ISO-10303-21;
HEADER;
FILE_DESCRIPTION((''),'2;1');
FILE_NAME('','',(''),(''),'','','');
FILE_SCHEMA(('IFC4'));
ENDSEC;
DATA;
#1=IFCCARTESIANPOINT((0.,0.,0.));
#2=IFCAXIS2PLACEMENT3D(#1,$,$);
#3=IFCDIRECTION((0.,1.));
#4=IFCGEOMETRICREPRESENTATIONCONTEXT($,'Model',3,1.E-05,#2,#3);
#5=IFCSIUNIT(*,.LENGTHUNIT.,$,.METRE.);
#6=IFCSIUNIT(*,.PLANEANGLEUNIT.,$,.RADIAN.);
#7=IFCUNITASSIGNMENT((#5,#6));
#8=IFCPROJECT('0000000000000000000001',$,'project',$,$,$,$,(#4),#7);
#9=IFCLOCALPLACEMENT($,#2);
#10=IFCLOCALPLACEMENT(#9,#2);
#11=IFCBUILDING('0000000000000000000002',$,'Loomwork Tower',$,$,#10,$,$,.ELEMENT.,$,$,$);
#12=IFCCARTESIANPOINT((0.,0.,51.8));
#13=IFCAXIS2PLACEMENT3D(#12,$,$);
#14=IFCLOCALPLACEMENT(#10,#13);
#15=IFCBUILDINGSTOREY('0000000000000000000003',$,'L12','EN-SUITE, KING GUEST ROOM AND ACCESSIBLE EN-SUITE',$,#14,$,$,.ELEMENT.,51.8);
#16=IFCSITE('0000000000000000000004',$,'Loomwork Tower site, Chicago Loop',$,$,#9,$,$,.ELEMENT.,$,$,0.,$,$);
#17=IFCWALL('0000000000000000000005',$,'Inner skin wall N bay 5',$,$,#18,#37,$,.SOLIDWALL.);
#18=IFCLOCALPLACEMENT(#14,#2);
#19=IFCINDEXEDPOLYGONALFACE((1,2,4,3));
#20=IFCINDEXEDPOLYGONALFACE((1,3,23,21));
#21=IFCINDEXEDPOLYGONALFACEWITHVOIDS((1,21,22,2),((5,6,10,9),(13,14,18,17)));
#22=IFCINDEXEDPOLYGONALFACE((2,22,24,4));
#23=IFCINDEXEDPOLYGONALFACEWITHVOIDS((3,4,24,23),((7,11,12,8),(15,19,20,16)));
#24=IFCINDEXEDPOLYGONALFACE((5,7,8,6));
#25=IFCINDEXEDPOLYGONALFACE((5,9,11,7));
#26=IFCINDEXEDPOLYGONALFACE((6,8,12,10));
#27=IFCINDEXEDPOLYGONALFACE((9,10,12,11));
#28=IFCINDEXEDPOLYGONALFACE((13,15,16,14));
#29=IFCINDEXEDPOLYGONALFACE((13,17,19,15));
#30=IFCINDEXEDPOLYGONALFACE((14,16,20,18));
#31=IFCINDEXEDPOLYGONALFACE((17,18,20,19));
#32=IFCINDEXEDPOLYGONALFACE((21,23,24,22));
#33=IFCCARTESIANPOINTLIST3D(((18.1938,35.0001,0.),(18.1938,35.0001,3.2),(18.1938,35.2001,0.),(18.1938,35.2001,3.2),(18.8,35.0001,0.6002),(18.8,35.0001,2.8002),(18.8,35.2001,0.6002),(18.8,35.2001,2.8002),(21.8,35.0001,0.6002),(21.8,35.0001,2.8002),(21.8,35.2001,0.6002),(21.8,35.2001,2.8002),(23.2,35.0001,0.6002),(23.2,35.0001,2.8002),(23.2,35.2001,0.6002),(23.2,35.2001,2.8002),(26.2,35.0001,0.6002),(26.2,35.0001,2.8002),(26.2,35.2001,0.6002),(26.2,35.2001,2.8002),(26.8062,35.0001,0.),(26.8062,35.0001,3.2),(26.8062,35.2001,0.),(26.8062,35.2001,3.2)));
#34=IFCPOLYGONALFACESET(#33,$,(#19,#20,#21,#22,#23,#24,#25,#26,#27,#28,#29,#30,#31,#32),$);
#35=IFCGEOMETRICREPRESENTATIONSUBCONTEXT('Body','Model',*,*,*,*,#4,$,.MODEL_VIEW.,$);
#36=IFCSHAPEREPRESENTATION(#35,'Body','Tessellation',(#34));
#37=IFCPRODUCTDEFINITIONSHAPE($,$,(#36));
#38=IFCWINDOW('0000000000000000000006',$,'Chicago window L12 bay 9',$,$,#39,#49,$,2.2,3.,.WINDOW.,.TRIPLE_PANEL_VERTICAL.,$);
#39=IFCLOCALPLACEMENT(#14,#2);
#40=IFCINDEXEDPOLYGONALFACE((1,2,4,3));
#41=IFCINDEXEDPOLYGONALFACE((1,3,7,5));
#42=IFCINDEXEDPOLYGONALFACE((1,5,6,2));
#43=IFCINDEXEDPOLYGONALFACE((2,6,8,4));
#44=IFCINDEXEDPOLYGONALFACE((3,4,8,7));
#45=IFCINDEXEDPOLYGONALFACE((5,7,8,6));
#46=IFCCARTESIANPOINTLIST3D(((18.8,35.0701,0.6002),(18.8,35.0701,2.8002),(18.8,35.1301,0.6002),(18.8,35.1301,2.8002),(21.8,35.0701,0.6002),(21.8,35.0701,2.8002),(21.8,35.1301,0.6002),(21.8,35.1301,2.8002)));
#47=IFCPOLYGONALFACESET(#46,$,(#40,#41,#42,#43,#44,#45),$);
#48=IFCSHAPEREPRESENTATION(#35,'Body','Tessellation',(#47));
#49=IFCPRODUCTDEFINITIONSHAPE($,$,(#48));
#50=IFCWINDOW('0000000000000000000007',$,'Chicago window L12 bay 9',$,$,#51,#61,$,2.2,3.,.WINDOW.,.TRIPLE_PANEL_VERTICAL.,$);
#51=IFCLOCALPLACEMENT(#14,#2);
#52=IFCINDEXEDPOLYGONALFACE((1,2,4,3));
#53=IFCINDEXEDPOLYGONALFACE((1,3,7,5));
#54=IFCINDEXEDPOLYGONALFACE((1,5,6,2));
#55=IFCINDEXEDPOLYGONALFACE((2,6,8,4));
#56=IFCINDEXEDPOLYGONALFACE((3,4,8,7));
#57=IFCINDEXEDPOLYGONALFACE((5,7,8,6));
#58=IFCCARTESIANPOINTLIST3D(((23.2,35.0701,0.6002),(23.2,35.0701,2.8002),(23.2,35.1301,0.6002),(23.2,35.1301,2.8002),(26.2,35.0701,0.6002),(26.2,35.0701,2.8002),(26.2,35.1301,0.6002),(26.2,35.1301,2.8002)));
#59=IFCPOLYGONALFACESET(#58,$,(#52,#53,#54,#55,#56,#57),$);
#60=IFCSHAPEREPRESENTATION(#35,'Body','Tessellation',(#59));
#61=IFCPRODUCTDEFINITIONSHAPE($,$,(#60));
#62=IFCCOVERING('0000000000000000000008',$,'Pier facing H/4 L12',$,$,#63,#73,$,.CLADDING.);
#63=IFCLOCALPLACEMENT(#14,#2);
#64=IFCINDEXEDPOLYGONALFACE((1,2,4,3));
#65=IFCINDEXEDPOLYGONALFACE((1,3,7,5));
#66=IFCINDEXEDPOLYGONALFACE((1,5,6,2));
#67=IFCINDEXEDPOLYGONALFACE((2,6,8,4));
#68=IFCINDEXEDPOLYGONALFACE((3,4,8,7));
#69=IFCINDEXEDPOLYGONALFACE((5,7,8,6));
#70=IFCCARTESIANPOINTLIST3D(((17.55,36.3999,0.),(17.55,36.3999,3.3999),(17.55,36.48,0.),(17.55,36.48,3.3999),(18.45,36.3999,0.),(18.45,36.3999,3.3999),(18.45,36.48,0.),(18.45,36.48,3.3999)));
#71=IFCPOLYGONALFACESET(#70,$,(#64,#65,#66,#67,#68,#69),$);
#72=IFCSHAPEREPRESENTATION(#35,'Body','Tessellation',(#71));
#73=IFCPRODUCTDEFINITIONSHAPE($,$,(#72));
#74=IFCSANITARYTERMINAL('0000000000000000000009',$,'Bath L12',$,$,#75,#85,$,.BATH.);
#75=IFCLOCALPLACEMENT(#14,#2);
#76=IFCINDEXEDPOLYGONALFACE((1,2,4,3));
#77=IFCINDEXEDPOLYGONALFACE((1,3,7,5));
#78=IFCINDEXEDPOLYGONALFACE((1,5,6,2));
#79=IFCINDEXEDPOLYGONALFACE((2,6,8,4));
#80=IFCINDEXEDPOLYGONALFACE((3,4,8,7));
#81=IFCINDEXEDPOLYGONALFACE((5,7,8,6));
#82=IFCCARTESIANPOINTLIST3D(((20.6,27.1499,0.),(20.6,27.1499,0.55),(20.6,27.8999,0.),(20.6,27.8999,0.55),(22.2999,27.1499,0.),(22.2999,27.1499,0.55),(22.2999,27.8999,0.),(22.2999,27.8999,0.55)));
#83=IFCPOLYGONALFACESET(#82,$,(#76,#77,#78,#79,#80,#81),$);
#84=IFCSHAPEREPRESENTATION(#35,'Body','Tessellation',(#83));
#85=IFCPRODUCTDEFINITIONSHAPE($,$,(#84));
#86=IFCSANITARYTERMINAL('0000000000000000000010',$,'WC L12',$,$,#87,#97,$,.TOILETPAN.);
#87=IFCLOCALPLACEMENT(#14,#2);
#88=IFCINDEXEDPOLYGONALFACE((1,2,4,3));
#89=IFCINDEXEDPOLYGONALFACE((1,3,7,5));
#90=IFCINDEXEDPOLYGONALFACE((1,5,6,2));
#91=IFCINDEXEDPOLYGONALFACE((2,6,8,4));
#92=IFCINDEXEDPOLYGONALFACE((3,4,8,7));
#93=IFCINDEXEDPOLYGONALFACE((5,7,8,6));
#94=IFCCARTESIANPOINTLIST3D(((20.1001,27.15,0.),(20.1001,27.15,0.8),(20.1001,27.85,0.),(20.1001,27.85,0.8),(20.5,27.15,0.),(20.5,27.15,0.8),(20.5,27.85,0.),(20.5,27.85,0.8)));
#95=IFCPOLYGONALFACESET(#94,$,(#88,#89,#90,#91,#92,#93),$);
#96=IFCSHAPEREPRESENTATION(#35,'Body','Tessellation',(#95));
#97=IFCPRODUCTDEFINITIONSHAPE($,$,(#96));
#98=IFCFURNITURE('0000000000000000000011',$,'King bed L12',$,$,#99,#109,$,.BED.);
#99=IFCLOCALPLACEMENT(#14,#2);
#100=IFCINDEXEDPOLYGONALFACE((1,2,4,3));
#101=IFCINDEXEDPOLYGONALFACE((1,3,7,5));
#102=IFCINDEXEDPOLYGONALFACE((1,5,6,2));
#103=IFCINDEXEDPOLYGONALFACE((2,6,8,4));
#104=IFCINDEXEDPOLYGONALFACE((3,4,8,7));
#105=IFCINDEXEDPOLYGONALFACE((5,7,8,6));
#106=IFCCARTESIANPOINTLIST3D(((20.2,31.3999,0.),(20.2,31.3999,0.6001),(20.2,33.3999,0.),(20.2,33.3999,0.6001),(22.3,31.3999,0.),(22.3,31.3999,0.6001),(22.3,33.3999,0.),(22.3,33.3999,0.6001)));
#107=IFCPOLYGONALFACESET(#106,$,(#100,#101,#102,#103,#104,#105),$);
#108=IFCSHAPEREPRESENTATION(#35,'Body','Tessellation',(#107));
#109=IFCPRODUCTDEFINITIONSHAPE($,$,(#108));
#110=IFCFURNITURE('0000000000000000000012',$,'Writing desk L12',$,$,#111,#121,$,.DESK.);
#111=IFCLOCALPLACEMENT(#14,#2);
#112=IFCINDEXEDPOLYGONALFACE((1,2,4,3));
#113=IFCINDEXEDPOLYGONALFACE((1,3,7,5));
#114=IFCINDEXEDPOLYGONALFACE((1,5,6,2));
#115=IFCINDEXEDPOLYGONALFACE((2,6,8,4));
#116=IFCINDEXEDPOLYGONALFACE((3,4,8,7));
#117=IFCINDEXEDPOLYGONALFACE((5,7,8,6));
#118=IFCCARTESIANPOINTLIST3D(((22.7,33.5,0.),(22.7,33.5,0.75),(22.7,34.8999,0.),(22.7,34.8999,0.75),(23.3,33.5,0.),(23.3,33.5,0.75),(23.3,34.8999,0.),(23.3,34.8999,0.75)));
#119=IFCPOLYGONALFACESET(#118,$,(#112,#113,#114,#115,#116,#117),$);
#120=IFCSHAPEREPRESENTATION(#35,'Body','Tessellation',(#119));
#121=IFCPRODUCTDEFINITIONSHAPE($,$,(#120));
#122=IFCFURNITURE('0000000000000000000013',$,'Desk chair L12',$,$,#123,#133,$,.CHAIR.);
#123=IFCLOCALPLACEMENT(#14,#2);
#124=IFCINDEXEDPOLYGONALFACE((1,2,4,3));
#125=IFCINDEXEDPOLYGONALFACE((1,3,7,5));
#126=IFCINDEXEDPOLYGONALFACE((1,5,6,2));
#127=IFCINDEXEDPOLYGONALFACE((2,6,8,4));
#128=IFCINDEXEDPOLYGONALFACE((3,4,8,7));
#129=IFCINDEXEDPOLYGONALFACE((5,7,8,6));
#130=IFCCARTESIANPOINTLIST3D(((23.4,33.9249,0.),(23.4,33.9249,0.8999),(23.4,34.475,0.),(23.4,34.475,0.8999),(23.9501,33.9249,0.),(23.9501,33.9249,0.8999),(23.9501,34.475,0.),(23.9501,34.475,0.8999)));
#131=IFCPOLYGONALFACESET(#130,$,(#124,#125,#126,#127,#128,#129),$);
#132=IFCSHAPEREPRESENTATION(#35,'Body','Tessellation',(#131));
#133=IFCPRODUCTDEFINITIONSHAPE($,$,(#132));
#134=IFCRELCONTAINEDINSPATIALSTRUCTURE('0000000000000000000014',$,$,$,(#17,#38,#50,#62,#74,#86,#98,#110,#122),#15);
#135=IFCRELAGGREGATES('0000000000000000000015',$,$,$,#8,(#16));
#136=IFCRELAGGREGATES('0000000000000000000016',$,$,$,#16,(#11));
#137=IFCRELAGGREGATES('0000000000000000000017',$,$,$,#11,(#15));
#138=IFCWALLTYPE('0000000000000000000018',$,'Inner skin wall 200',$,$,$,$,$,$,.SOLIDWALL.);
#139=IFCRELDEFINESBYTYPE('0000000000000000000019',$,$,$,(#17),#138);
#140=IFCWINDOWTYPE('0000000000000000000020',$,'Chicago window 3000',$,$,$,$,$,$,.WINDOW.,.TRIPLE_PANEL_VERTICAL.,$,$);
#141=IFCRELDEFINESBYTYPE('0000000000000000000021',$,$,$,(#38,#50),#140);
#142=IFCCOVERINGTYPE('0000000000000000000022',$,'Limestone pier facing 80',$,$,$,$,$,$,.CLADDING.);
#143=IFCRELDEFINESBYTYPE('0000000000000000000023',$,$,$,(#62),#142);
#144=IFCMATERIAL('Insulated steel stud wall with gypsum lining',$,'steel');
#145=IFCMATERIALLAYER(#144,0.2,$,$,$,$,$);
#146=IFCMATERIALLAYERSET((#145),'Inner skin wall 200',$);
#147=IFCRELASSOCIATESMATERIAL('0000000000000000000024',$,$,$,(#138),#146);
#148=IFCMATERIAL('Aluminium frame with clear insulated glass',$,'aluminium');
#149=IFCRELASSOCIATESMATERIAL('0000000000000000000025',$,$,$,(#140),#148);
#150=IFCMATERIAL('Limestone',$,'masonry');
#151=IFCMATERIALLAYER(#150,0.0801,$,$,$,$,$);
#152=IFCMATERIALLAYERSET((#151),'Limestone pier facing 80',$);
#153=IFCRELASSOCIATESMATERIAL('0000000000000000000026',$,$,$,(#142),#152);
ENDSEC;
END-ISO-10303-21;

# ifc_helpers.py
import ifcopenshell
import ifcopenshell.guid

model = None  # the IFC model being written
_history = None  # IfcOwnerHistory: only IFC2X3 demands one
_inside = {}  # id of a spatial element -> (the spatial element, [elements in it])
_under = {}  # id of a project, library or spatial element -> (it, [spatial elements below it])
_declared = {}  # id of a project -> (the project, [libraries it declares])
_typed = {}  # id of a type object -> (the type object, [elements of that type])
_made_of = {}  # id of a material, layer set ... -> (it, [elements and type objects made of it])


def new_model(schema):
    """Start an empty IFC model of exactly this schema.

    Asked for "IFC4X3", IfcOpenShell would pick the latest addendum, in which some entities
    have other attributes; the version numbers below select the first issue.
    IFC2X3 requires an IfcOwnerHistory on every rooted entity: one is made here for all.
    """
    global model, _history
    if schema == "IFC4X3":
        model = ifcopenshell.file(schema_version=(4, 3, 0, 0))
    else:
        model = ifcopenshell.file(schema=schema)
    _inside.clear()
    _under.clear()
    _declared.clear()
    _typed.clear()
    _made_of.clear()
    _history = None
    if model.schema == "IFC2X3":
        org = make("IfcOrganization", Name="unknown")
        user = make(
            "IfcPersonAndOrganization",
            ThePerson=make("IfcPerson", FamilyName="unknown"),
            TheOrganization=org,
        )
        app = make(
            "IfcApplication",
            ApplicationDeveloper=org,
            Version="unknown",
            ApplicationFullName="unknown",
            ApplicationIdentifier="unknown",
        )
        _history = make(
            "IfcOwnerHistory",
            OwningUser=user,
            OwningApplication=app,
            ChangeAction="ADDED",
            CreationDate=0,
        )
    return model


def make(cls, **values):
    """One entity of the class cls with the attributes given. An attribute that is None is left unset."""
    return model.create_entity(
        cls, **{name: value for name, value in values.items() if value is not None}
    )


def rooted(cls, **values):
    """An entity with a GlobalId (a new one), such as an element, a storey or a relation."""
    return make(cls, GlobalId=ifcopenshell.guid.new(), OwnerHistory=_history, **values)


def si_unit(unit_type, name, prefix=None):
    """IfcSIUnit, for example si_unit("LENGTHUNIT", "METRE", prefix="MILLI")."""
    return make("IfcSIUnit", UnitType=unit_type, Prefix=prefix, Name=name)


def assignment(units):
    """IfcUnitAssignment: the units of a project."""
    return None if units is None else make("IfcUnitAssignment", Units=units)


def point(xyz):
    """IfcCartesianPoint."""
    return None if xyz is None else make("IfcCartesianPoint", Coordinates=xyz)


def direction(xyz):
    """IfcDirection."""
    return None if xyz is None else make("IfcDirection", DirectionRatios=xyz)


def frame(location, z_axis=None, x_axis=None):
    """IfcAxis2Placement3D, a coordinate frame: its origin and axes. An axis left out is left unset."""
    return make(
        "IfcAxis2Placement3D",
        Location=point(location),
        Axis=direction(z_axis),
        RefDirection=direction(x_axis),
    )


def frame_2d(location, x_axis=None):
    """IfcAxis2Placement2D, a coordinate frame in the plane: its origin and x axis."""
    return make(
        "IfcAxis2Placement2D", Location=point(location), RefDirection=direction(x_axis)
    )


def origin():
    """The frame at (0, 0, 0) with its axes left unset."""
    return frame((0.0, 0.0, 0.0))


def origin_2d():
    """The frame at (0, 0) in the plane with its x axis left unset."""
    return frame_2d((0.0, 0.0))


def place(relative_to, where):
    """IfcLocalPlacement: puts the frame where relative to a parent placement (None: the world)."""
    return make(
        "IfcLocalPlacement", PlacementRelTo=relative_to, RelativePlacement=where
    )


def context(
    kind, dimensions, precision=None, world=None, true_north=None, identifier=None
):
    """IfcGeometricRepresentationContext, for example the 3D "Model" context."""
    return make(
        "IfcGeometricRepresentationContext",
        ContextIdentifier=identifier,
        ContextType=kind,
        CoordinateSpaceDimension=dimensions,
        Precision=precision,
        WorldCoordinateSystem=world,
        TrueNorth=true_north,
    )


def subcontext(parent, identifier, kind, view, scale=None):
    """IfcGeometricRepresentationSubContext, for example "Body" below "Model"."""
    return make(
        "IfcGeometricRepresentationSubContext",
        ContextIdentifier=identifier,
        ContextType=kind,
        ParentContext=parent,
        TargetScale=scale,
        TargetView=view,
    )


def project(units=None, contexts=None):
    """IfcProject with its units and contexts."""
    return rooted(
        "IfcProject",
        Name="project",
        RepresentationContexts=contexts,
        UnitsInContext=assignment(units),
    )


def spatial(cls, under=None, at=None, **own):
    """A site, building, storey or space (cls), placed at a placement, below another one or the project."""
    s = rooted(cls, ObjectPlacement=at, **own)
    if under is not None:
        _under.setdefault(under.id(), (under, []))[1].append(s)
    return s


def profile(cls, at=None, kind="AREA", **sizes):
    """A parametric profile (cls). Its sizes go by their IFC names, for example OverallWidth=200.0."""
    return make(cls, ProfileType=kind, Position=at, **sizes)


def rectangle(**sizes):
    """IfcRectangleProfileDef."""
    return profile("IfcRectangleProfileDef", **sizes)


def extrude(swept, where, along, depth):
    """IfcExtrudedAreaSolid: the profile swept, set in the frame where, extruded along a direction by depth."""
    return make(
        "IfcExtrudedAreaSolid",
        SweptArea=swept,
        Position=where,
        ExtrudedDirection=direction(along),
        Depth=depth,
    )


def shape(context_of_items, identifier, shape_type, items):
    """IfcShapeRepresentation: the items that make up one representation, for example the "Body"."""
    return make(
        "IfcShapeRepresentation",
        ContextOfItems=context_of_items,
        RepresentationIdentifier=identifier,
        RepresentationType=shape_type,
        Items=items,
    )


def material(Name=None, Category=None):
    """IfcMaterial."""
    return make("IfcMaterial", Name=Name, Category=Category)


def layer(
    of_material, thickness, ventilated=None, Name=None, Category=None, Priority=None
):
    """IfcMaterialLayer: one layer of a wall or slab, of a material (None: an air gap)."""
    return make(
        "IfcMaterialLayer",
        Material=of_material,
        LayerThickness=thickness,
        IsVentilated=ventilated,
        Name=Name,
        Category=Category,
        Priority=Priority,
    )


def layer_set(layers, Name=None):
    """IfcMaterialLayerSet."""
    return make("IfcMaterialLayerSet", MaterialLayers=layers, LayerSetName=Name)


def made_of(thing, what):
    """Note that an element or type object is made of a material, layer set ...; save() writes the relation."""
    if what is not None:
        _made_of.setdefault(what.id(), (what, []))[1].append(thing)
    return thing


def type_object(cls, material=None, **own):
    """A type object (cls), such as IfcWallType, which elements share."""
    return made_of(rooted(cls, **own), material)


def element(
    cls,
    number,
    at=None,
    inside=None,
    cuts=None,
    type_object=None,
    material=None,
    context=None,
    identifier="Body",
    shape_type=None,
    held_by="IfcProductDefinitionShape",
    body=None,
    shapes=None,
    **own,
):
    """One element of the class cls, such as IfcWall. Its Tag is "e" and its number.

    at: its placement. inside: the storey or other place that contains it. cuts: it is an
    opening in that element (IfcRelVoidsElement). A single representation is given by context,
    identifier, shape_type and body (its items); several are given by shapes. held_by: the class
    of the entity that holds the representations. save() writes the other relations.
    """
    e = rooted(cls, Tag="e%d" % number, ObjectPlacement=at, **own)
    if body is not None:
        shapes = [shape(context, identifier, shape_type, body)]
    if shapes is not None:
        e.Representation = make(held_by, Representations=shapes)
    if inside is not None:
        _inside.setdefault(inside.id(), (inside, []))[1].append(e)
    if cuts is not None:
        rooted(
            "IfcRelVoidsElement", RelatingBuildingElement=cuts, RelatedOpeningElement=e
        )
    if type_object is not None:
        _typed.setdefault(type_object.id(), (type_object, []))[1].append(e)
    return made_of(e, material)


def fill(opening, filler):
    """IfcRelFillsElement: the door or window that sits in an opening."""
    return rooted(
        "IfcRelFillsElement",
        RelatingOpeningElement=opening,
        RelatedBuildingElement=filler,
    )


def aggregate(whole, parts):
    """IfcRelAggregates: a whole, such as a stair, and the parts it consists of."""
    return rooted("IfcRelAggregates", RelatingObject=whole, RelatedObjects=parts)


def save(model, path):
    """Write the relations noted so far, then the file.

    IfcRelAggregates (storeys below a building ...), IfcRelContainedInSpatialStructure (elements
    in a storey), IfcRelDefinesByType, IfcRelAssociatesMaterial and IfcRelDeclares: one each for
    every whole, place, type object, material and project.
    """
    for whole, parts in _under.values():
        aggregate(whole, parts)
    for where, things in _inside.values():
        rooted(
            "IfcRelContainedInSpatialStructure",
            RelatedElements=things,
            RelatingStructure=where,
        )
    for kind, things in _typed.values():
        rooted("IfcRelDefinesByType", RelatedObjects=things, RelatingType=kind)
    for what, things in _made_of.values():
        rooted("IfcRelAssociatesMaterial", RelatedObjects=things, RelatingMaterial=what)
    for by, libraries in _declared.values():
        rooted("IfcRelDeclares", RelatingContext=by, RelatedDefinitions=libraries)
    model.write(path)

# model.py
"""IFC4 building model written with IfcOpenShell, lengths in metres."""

from ifc_helpers import new_model, si_unit, direction, frame, frame_2d, origin, origin_2d, place, context, subcontext, project, spatial, rectangle, extrude, material, layer, layer_set, type_object, element, fill, save


model = new_model("IFC4")

# Units and contexts
model_context = context("Model", 3, precision=1e-05, world=origin(), true_north=direction((0.0, 1.0)))
body_context = subcontext(model_context, "Body", "Model", "MODEL_VIEW")
ifc_project = project(units=[si_unit("LENGTHUNIT", "METRE"), si_unit("PLANEANGLEUNIT", "RADIAN")], contexts=[model_context])

# Site, building, storey
site_placement = place(None, origin())
site = spatial("IfcSite", under=ifc_project, at=site_placement, Name="Loomwork Tower site, Chicago Loop", CompositionType="ELEMENT", RefElevation=0.0)
building_placement = place(site_placement, origin())
building = spatial("IfcBuilding", under=site, at=building_placement, Name="Loomwork Tower", CompositionType="ELEMENT")
storey_placement = place(building_placement, frame((0.0, 0.0, 51.8)))
storey = spatial("IfcBuildingStorey", under=building, at=storey_placement, Name="L12", Description="EN-SUITE, KING GUEST ROOM AND ACCESSIBLE EN-SUITE", CompositionType="ELEMENT", Elevation=51.8)

# Shared definitions
ifc_material_1 = material(Name="Insulated steel stud wall with gypsum lining", Category="steel")
ifc_layer_1 = layer(ifc_material_1, 0.2)
ifc_layer_set_1 = layer_set([ifc_layer_1], Name="Inner skin wall 200")
wall_type_1 = type_object("IfcWallType", Name="Inner skin wall 200", PredefinedType="SOLIDWALL", material=ifc_layer_set_1)

# Wall, openings, windows
wall_1_placement = place(storey_placement, frame((18.1938, 35.1001, 0.0), z_axis=(0.0, 0.0, 1.0), x_axis=(1.0, 0.0, 0.0)))
wall_1 = element("IfcWall", 1, at=wall_1_placement, inside=storey, type_object=wall_type_1, Name="Inner skin wall N bay 5", PredefinedType="SOLIDWALL", context=body_context, shape_type="SweptSolid", body=[
    extrude(rectangle(XDim=8.6123, YDim=0.2, at=frame_2d((4.3062, 0.0))), origin(), (0.0, 0.0, 1.0), 3.2),
])
opening_1_placement = place(wall_1_placement, frame((0.6062, 0.0, 0.6001)))
opening_1 = element("IfcOpeningElement", 2, at=opening_1_placement, cuts=wall_1, PredefinedType="OPENING", context=body_context, shape_type="SweptSolid", body=[
    extrude(rectangle(XDim=3.0, YDim=2.2, at=frame_2d((1.5, 1.1001))), frame((0.0, 0.1099, 0.0), z_axis=(0.0, -1.0, 0.0), x_axis=(1.0, 0.0, 0.0)), (0.0, 0.0, 1.0), 0.22),
])
opening_2_placement = place(wall_1_placement, frame((5.0061, 0.0, 0.6001)))
opening_2 = element("IfcOpeningElement", 3, at=opening_2_placement, cuts=wall_1, PredefinedType="OPENING", context=body_context, shape_type="SweptSolid", body=[
    extrude(rectangle(XDim=3.0, YDim=2.2, at=frame_2d((1.5, 1.1001))), frame((0.0, 0.1099, 0.0), z_axis=(0.0, -1.0, 0.0), x_axis=(1.0, 0.0, 0.0)), (0.0, 0.0, 1.0), 0.22),
])
ifc_material_2 = material(Name="Aluminium frame with clear insulated glass", Category="aluminium")
window_type = type_object("IfcWindowType", Name="Chicago window 3000", PartitioningType="TRIPLE_PANEL_VERTICAL", PredefinedType="WINDOW", material=ifc_material_2)
window_1_placement = place(opening_1_placement, origin())
window_1 = element("IfcWindow", 4, at=window_1_placement, inside=storey, type_object=window_type, Name="Chicago window L12 bay 9", OverallHeight=2.2, OverallWidth=3.0, PartitioningType="TRIPLE_PANEL_VERTICAL", PredefinedType="WINDOW", context=body_context, shape_type="SweptSolid", body=[
    extrude(rectangle(XDim=3.0, YDim=2.2, at=frame_2d((1.5, 1.1001))), frame((0.0, 0.03, 0.0), z_axis=(0.0, -1.0, 0.0), x_axis=(1.0, 0.0, 0.0)), (0.0, 0.0, 1.0), 0.0601),
])
fill(opening_1, window_1)
window_2_placement = place(opening_2_placement, origin())
window_2 = element("IfcWindow", 5, at=window_2_placement, inside=storey, type_object=window_type, Name="Chicago window L12 bay 9", OverallHeight=2.2, OverallWidth=3.0, PartitioningType="TRIPLE_PANEL_VERTICAL", PredefinedType="WINDOW", context=body_context, shape_type="SweptSolid", body=[
    extrude(rectangle(XDim=3.0, YDim=2.2, at=frame_2d((1.5, 1.1001))), frame((0.0, 0.03, 0.0), z_axis=(0.0, -1.0, 0.0), x_axis=(1.0, 0.0, 0.0)), (0.0, 0.0, 1.0), 0.0601),
])
fill(opening_2, window_2)

# Covering
ifc_material_3 = material(Name="Limestone", Category="masonry")
ifc_layer_2 = layer(ifc_material_3, 0.0801)
ifc_layer_set_2 = layer_set([ifc_layer_2], Name="Limestone pier facing 80")
covering_type = type_object("IfcCoveringType", Name="Limestone pier facing 80", PredefinedType="CLADDING", material=ifc_layer_set_2)
covering_placement = place(storey_placement, frame((18.0, 36.4399, 0.0), z_axis=(0.0, 0.0, 1.0), x_axis=(1.0, 0.0, 0.0)))
element("IfcCovering", 6, at=covering_placement, inside=storey, type_object=covering_type, Name="Pier facing H/4 L12", PredefinedType="CLADDING", context=body_context, shape_type="SweptSolid", body=[
    extrude(rectangle(XDim=0.8999, YDim=0.0801, at=origin_2d()), origin(), (0.0, 0.0, 1.0), 3.3999),
])

# Sanitary terminals
sanitary_terminal_1_placement = place(storey_placement, frame((21.45, 27.5249, 0.0), z_axis=(0.0, 0.0, 1.0), x_axis=(1.0, 0.0, 0.0)))
element("IfcSanitaryTerminal", 7, at=sanitary_terminal_1_placement, inside=storey, Name="Bath L12", PredefinedType="BATH", context=body_context, shape_type="SweptSolid", body=[
    extrude(rectangle(XDim=1.7, YDim=0.75, at=origin_2d()), origin(), (0.0, 0.0, 1.0), 0.55),
])
sanitary_terminal_2_placement = place(storey_placement, frame((20.3, 27.5, 0.0), z_axis=(0.0, 0.0, 1.0), x_axis=(1.0, 0.0, 0.0)))
element("IfcSanitaryTerminal", 8, at=sanitary_terminal_2_placement, inside=storey, Name="WC L12", PredefinedType="TOILETPAN", context=body_context, shape_type="SweptSolid", body=[
    extrude(rectangle(XDim=0.3999, YDim=0.7, at=origin_2d()), origin(), (0.0, 0.0, 1.0), 0.8),
])

# Furniture
furniture_1_placement = place(storey_placement, frame((21.25, 32.3999, 0.0), z_axis=(0.0, 0.0, 1.0), x_axis=(1.0, 0.0, 0.0)))
element("IfcFurniture", 9, at=furniture_1_placement, inside=storey, Name="King bed L12", PredefinedType="BED", context=body_context, shape_type="SweptSolid", body=[
    extrude(rectangle(XDim=2.1001, YDim=2.0, at=origin_2d()), origin(), (0.0, 0.0, 1.0), 0.6001),
])
furniture_2_placement = place(storey_placement, frame((23.0, 34.2, 0.0), z_axis=(0.0, 0.0, 1.0), x_axis=(1.0, 0.0, 0.0)))
element("IfcFurniture", 10, at=furniture_2_placement, inside=storey, Name="Writing desk L12", PredefinedType="DESK", context=body_context, shape_type="SweptSolid", body=[
    extrude(rectangle(XDim=0.6001, YDim=1.3999, at=origin_2d()), origin(), (0.0, 0.0, 1.0), 0.75),
])
furniture_3_placement = place(storey_placement, frame((23.675, 34.2, 0.0), z_axis=(0.0, 0.0, 1.0), x_axis=(1.0, 0.0, 0.0)))
element("IfcFurniture", 11, at=furniture_3_placement, inside=storey, Name="Desk chair L12", PredefinedType="CHAIR", context=body_context, shape_type="SweptSolid", body=[
    extrude(rectangle(XDim=0.55, YDim=0.55, at=origin_2d()), origin(), (0.0, 0.0, 1.0), 0.8999),
])

save(model, "model.ifc")
